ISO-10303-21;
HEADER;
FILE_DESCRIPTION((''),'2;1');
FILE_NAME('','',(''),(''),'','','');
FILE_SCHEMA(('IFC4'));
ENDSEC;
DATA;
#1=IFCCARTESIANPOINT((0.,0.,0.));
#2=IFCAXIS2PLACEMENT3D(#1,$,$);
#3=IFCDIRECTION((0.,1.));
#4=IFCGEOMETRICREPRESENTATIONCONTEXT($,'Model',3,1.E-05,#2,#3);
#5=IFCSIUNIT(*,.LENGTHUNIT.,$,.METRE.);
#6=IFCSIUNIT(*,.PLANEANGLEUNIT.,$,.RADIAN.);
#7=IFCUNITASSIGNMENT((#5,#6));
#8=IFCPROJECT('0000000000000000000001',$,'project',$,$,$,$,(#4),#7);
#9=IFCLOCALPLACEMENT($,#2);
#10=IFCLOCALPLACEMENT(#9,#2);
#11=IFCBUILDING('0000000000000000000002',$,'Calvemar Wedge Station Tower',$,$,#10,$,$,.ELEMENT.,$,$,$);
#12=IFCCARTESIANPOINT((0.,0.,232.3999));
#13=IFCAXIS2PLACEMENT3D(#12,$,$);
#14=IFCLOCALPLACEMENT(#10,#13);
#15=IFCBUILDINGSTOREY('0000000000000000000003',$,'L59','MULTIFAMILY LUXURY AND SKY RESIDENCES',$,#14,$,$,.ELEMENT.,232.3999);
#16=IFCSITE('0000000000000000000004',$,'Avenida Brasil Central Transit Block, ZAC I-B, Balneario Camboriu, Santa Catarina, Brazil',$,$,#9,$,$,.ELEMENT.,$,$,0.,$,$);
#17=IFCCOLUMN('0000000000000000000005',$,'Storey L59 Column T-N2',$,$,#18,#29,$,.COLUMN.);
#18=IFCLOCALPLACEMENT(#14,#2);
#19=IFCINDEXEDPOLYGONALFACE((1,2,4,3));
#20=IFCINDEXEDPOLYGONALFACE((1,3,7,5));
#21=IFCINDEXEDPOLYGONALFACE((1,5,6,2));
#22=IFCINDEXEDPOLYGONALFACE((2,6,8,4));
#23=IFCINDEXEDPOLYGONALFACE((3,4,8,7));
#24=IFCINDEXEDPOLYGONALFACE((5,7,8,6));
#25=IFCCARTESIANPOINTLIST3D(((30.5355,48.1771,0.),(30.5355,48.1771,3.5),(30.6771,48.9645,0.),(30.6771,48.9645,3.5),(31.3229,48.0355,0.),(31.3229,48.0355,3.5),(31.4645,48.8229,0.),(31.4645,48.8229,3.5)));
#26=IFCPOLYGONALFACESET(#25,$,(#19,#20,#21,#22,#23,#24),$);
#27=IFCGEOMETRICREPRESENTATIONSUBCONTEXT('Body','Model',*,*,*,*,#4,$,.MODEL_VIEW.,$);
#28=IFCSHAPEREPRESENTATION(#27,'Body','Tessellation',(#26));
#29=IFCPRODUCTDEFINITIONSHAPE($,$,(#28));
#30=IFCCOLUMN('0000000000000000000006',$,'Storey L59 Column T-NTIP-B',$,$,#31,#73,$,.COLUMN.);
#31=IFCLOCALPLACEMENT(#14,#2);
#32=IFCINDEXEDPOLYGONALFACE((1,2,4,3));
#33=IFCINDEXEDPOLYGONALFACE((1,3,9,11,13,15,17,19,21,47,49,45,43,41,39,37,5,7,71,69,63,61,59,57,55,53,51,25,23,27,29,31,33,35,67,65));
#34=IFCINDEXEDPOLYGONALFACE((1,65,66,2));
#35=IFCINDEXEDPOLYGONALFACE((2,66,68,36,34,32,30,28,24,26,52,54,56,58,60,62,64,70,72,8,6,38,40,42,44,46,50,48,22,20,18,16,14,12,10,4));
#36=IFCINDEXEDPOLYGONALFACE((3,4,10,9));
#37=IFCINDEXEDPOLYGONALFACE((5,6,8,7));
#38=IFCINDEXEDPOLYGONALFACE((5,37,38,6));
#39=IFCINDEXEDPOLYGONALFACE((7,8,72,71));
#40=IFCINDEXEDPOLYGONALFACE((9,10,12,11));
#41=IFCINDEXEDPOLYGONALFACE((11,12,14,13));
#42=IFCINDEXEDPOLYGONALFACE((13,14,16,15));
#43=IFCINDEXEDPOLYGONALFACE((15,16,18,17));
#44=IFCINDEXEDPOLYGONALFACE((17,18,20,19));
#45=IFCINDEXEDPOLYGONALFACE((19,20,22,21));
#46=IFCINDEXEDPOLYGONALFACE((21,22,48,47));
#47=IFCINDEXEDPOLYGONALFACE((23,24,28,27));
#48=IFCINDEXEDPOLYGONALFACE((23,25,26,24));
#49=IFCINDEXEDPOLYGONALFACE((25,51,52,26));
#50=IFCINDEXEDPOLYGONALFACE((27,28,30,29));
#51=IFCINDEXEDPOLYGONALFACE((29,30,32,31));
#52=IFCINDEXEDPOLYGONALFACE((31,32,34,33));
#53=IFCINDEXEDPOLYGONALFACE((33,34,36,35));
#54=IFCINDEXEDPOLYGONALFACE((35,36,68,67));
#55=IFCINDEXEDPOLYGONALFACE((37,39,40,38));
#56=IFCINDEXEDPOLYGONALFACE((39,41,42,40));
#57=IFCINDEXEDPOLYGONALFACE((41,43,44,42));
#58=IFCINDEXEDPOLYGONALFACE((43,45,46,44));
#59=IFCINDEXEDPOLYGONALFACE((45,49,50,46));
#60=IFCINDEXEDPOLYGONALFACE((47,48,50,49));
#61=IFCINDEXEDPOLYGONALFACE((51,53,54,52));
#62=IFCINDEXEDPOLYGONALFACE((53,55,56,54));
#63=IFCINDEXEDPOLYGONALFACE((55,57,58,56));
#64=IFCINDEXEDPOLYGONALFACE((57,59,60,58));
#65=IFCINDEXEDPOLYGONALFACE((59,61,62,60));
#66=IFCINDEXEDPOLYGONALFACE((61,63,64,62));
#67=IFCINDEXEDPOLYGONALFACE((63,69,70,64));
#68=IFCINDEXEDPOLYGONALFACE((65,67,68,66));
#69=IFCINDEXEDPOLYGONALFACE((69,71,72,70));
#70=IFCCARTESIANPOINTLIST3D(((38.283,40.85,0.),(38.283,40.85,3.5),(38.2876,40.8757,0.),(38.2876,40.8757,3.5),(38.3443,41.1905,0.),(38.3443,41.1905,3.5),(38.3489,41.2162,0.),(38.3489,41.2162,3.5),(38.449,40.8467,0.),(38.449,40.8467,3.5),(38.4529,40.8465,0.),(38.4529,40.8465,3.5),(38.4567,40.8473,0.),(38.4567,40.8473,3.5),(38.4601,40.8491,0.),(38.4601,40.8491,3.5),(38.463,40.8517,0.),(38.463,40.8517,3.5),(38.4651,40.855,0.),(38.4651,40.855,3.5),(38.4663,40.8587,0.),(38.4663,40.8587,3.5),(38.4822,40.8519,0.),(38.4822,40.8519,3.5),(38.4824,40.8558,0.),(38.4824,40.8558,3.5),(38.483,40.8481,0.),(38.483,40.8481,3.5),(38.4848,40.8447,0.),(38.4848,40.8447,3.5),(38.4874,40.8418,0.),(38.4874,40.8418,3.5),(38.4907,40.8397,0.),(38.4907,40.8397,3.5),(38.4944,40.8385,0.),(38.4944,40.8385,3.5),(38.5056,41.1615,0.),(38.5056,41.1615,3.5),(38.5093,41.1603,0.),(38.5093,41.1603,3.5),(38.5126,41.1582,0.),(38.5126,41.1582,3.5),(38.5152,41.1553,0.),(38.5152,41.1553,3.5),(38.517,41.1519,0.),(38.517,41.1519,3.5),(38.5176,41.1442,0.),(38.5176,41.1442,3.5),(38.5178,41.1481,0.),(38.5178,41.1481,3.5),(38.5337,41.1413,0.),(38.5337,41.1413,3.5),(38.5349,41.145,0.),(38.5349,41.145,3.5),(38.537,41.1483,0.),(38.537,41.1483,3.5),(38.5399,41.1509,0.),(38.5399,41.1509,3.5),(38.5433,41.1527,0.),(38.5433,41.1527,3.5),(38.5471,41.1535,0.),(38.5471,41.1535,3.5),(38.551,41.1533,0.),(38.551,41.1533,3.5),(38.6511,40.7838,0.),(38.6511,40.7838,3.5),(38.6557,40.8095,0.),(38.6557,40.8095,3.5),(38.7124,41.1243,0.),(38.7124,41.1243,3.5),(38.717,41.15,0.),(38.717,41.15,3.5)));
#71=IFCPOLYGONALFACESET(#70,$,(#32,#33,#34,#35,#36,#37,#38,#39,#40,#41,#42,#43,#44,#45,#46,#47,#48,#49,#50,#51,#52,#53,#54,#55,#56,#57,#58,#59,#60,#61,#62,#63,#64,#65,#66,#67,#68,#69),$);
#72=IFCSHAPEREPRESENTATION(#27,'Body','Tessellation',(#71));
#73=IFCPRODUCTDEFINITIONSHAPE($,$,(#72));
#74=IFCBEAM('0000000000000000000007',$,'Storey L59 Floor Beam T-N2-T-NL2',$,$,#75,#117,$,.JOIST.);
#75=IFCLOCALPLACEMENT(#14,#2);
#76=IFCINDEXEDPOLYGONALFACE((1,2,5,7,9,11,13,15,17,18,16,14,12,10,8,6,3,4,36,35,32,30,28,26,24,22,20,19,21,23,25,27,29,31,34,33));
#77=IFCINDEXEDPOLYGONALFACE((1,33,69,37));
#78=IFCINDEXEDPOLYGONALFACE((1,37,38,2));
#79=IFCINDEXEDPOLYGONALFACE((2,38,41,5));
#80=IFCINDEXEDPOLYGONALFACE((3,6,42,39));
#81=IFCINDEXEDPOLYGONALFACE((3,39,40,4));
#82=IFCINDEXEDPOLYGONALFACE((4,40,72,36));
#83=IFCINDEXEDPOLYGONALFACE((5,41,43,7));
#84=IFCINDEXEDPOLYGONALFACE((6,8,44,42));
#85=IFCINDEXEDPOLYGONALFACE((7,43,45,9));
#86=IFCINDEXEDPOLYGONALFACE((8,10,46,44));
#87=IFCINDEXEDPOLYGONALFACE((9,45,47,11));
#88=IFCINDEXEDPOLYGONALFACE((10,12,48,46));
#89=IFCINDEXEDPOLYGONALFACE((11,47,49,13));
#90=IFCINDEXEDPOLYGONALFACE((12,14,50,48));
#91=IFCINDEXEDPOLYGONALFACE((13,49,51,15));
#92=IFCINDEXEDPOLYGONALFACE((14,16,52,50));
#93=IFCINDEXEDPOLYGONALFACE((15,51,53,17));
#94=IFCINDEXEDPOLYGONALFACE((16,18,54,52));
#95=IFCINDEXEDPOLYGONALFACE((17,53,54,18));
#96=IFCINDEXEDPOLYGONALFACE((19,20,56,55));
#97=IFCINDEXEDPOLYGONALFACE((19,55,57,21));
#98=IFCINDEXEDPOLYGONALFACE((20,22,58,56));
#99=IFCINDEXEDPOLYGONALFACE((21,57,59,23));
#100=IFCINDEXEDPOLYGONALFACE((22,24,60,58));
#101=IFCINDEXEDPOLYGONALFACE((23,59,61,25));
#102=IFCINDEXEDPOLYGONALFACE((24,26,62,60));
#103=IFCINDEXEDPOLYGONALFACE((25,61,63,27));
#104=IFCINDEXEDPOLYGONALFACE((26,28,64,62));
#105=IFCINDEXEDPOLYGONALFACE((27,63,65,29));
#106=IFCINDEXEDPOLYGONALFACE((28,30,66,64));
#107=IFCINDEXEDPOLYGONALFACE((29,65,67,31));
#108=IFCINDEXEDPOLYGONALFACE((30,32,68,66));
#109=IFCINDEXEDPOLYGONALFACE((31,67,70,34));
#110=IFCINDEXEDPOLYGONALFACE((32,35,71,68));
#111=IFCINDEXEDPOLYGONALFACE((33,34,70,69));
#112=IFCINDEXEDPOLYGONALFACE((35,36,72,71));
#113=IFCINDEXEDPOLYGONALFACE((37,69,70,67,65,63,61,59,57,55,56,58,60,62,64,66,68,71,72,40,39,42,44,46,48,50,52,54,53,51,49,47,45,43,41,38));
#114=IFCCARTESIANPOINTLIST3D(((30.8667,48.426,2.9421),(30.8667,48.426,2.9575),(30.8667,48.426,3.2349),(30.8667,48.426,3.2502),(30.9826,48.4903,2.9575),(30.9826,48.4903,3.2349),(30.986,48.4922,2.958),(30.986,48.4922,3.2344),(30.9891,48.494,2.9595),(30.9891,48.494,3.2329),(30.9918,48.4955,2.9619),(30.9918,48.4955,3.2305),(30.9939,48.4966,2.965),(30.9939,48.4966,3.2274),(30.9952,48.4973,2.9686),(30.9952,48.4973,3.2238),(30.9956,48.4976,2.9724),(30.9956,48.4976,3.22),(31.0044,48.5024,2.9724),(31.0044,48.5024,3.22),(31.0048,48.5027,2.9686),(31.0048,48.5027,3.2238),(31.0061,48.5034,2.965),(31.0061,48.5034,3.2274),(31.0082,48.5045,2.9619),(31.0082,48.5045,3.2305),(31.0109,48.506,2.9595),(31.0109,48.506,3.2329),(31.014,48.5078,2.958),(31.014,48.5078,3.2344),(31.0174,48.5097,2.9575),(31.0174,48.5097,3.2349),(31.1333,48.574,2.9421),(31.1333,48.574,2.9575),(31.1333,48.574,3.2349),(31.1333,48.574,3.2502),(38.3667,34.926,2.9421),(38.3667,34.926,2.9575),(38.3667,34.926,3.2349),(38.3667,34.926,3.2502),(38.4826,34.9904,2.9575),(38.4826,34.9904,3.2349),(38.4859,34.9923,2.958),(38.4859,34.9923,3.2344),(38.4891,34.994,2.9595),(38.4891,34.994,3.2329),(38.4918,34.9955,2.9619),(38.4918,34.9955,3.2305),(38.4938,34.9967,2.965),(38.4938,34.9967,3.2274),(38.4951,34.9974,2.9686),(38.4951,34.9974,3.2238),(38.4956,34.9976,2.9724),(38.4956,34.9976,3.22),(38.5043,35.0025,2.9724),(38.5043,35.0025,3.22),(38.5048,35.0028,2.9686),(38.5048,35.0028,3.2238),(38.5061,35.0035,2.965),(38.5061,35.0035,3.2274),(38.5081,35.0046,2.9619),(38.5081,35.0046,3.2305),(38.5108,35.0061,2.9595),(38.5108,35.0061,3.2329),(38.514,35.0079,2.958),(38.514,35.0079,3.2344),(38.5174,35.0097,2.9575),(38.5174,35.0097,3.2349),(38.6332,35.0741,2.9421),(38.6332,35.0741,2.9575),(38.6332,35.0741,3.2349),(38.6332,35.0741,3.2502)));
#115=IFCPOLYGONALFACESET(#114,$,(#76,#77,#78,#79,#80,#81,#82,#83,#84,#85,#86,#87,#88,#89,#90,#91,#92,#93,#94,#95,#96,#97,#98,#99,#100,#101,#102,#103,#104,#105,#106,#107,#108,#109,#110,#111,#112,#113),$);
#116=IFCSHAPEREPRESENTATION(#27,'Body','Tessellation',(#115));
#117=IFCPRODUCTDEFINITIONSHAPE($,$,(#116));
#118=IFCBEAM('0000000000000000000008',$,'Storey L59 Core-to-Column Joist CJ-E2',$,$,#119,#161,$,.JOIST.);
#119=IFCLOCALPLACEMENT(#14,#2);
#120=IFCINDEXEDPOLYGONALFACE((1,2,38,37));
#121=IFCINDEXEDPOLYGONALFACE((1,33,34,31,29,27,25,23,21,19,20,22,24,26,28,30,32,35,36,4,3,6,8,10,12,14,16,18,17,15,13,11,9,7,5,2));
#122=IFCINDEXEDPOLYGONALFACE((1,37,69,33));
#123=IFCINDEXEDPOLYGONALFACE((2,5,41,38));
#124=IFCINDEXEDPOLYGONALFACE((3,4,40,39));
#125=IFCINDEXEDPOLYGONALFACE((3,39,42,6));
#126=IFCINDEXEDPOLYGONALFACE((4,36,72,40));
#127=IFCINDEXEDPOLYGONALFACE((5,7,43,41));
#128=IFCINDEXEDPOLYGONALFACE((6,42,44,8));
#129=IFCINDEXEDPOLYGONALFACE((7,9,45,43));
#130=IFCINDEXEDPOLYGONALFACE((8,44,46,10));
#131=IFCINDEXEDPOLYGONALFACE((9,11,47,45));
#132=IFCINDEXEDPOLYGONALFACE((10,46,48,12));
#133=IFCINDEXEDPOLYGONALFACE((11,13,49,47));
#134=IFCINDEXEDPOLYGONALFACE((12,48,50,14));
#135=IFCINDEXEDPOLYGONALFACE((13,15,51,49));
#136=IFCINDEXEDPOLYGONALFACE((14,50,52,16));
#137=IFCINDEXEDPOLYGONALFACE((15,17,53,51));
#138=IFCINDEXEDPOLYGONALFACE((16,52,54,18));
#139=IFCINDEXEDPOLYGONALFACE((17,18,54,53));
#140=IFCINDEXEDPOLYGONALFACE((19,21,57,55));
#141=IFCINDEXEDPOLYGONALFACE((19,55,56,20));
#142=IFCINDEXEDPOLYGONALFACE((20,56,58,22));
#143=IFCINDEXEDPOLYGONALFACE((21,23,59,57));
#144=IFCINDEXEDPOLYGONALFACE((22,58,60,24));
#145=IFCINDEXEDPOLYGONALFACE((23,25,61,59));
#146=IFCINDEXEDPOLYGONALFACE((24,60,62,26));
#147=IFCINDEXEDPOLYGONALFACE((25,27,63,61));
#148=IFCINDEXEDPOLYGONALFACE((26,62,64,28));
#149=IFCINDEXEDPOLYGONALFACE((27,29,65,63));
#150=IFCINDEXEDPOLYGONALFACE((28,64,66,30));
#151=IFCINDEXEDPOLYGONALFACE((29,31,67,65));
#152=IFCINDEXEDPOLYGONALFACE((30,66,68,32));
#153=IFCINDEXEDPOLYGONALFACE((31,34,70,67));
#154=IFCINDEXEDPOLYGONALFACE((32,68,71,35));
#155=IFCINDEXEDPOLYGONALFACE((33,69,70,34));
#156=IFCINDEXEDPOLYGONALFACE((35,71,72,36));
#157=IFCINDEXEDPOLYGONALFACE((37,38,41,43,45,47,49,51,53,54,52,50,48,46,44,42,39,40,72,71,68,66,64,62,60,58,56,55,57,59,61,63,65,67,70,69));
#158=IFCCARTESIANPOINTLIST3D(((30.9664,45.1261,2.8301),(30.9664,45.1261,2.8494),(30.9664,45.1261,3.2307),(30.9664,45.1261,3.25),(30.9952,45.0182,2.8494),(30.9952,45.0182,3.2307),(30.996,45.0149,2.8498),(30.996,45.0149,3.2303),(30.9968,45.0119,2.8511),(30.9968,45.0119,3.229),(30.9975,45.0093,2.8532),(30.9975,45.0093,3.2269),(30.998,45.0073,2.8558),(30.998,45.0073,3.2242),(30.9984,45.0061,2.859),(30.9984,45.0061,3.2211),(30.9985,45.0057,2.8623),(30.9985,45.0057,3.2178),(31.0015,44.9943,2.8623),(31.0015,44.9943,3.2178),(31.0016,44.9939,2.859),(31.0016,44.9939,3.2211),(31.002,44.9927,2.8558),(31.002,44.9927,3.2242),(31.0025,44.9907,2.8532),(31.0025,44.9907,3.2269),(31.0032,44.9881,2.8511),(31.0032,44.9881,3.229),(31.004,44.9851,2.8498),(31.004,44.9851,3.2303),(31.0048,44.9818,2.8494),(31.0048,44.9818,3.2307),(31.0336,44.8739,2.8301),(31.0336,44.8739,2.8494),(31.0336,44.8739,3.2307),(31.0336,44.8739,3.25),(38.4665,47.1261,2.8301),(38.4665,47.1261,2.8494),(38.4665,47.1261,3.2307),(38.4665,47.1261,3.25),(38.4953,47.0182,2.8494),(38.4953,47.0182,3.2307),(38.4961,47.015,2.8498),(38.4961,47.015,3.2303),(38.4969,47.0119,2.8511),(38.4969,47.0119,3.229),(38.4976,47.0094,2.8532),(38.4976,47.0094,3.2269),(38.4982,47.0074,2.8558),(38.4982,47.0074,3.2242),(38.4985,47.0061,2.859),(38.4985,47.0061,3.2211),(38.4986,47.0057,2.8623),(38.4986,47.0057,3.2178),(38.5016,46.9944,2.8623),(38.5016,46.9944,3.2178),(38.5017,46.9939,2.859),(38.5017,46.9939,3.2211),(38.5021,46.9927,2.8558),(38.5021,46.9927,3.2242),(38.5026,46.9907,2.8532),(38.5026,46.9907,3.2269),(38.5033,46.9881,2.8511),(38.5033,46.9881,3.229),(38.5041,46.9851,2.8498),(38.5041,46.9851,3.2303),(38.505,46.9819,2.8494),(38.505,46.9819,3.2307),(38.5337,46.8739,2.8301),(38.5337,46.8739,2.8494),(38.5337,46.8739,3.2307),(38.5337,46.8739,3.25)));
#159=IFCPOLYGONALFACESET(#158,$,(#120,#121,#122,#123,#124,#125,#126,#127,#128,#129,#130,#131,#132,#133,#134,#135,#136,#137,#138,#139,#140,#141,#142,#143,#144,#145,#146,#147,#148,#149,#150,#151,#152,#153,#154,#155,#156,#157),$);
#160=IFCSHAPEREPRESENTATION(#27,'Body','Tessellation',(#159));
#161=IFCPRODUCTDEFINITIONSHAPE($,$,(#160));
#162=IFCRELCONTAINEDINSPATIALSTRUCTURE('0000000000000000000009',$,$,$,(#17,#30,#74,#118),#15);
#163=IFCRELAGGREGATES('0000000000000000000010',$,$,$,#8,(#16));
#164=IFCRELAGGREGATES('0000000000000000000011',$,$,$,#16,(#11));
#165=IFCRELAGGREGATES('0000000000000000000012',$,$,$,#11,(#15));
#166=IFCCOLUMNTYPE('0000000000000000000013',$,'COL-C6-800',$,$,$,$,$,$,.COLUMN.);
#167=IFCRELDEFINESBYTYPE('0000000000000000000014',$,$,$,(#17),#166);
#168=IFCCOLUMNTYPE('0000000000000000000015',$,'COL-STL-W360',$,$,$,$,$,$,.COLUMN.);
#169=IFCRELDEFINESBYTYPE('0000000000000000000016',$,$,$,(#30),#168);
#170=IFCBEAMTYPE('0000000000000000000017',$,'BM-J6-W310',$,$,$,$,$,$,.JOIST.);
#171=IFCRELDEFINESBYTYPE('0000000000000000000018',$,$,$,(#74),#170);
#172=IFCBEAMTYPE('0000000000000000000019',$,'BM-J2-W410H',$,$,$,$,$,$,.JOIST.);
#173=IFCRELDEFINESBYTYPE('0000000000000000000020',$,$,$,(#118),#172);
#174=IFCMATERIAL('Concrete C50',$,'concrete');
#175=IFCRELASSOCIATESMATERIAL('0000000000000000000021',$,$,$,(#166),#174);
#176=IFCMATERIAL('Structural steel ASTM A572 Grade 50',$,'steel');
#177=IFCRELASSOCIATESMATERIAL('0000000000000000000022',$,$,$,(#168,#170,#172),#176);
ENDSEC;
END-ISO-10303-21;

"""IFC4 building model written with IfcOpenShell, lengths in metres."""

from ifc_helpers import new_model, si_unit, direction, frame, origin, origin_2d, place, context, subcontext, project, spatial, rectangle, i_section, extrude, source, transform, mapped, material, material_profile, profile_set, type_object, element, save


model = new_model("IFC4")

# Units and contexts
model_context = context("Model", 3, precision=1e-05, world=origin(), true_north=direction((0.0, 1.0)))
body_context = subcontext(model_context, "Body", "Model", "MODEL_VIEW")
ifc_project = project(units=[si_unit("LENGTHUNIT", "METRE"), si_unit("PLANEANGLEUNIT", "RADIAN")], contexts=[model_context])

# Site, building, storey
site_placement = place(None, origin())
site = spatial("IfcSite", under=ifc_project, at=site_placement, Name="Avenida Brasil Central Transit Block, ZAC I-B, Balneario Camboriu, Santa Catarina, Brazil", CompositionType="ELEMENT", RefElevation=0.0)
building_placement = place(site_placement, origin())
building = spatial("IfcBuilding", under=site, at=building_placement, Name="Calvemar Wedge Station Tower", CompositionType="ELEMENT")
storey_placement = place(building_placement, frame((0.0, 0.0, 232.3999)))
storey = spatial("IfcBuildingStorey", under=building, at=storey_placement, Name="L59", Description="MULTIFAMILY LUXURY AND SKY RESIDENCES", CompositionType="ELEMENT", Elevation=232.3999)

# Columns
ifc_material_1 = material(Name="Concrete C50", Category="concrete")
ifc_material_profile_1 = material_profile(ifc_material_1, rectangle(XDim=0.8, YDim=0.8, at=origin_2d()), Name="RC800x800")
ifc_profile_set_1 = profile_set([ifc_material_profile_1], Name="Concrete C50")
column_type_1 = type_object("IfcColumnType", Name="COL-C6-800", PredefinedType="COLUMN", material=ifc_profile_set_1)
shared_shape_1 = source(origin(), body_context, "Body", "SweptSolid", [
    extrude(rectangle(XDim=0.8, YDim=0.8, at=origin_2d()), origin(), (0.0, 0.0, 1.0), 3.5),
])
column_1_placement = place(storey_placement, frame((31.0, 48.5, 0.0), z_axis=(0.0, 0.0, 1.0), x_axis=(0.984196, -0.177085, 0.0)))
element("IfcColumn", 1, at=column_1_placement, inside=storey, type_object=column_type_1, Name="Storey L59 Column T-N2", PredefinedType="COLUMN", context=body_context, shape_type="MappedRepresentation", body=[
    mapped(shared_shape_1, transform((0.0, 0.0, 0.0), scale=1.0)),
])
ifc_material_2 = material(Name="Structural steel ASTM A572 Grade 50", Category="steel")
ifc_material_profile_2 = material_profile(ifc_material_2, i_section(OverallWidth=0.374, OverallDepth=0.3721, WebThickness=0.0164, FlangeThickness=0.0261, FilletRadius=0.0149, at=origin_2d()), Name="W360x196")
ifc_profile_set_2 = profile_set([ifc_material_profile_2], Name="Structural steel ASTM A572 Grade 50")
column_type_2 = type_object("IfcColumnType", Name="COL-STL-W360", PredefinedType="COLUMN", material=ifc_profile_set_2)
shared_shape_2 = source(origin(), body_context, "Body", "SweptSolid", [
    extrude(i_section(OverallWidth=0.374, OverallDepth=0.3721, WebThickness=0.0164, FlangeThickness=0.0261, FilletRadius=0.0149, at=origin_2d()), origin(), (0.0, 0.0, 1.0), 3.5),
])
column_2_placement = place(storey_placement, frame((38.5, 41.0, 0.0), z_axis=(0.0, 0.0, 1.0), x_axis=(0.984196, -0.177085, 0.0)))
element("IfcColumn", 2, at=column_2_placement, inside=storey, type_object=column_type_2, Name="Storey L59 Column T-NTIP-B", PredefinedType="COLUMN", context=body_context, shape_type="MappedRepresentation", body=[
    mapped(shared_shape_2, transform((0.0, 0.0, 0.0), scale=1.0)),
])

# Beams
ifc_material_profile_3 = material_profile(ifc_material_2, i_section(OverallWidth=0.3049, OverallDepth=0.3081, WebThickness=0.01, FlangeThickness=0.0154, FilletRadius=0.0149, at=origin_2d()), Name="W310x97")
ifc_profile_set_3 = profile_set([ifc_material_profile_3], Name="Structural steel ASTM A572 Grade 50")
beam_type_1 = type_object("IfcBeamType", Name="BM-J6-W310", PredefinedType="JOIST", material=ifc_profile_set_3)
shared_shape_3 = source(origin(), body_context, "Body", "SweptSolid", [
    extrude(i_section(OverallWidth=0.3049, OverallDepth=0.3081, WebThickness=0.01, FlangeThickness=0.0154, FilletRadius=0.0149, at=origin_2d()), origin(), (0.0, 0.0, 1.0), 15.4434),
])
beam_1_placement = place(storey_placement, frame((31.0, 48.5, 3.0962), z_axis=(0.485643, -0.874157, 0.0), x_axis=(0.874157, 0.485643, 0.0)))
element("IfcBeam", 3, at=beam_1_placement, inside=storey, type_object=beam_type_1, Name="Storey L59 Floor Beam T-N2-T-NL2", PredefinedType="JOIST", context=body_context, shape_type="MappedRepresentation", body=[
    mapped(shared_shape_3, transform((0.0, 0.0, 0.0), scale=1.0)),
])
ifc_material_profile_4 = material_profile(ifc_material_2, i_section(OverallWidth=0.261, OverallDepth=0.4199, WebThickness=0.0117, FlangeThickness=0.0193, FilletRadius=0.0129, at=origin_2d()), Name="W410x114")
ifc_profile_set_4 = profile_set([ifc_material_profile_4], Name="Structural steel ASTM A572 Grade 50")
beam_type_2 = type_object("IfcBeamType", Name="BM-J2-W410H", PredefinedType="JOIST", material=ifc_profile_set_4)
shared_shape_4 = source(origin(), body_context, "Body", "SweptSolid", [
    extrude(i_section(OverallWidth=0.261, OverallDepth=0.4199, WebThickness=0.0117, FlangeThickness=0.0193, FilletRadius=0.0129, at=origin_2d()), origin(), (0.0, 0.0, 1.0), 7.7622),
])
beam_2_placement = place(storey_placement, frame((31.0, 45.0, 3.04), z_axis=(0.966235, 0.257663, 0.0), x_axis=(-0.257663, 0.966235, 0.0)))
element("IfcBeam", 4, at=beam_2_placement, inside=storey, type_object=beam_type_2, Name="Storey L59 Core-to-Column Joist CJ-E2", PredefinedType="JOIST", context=body_context, shape_type="MappedRepresentation", body=[
    mapped(shared_shape_4, transform((0.0, 0.0, 0.0), scale=1.0)),
])

save(model, "model.ifc")
